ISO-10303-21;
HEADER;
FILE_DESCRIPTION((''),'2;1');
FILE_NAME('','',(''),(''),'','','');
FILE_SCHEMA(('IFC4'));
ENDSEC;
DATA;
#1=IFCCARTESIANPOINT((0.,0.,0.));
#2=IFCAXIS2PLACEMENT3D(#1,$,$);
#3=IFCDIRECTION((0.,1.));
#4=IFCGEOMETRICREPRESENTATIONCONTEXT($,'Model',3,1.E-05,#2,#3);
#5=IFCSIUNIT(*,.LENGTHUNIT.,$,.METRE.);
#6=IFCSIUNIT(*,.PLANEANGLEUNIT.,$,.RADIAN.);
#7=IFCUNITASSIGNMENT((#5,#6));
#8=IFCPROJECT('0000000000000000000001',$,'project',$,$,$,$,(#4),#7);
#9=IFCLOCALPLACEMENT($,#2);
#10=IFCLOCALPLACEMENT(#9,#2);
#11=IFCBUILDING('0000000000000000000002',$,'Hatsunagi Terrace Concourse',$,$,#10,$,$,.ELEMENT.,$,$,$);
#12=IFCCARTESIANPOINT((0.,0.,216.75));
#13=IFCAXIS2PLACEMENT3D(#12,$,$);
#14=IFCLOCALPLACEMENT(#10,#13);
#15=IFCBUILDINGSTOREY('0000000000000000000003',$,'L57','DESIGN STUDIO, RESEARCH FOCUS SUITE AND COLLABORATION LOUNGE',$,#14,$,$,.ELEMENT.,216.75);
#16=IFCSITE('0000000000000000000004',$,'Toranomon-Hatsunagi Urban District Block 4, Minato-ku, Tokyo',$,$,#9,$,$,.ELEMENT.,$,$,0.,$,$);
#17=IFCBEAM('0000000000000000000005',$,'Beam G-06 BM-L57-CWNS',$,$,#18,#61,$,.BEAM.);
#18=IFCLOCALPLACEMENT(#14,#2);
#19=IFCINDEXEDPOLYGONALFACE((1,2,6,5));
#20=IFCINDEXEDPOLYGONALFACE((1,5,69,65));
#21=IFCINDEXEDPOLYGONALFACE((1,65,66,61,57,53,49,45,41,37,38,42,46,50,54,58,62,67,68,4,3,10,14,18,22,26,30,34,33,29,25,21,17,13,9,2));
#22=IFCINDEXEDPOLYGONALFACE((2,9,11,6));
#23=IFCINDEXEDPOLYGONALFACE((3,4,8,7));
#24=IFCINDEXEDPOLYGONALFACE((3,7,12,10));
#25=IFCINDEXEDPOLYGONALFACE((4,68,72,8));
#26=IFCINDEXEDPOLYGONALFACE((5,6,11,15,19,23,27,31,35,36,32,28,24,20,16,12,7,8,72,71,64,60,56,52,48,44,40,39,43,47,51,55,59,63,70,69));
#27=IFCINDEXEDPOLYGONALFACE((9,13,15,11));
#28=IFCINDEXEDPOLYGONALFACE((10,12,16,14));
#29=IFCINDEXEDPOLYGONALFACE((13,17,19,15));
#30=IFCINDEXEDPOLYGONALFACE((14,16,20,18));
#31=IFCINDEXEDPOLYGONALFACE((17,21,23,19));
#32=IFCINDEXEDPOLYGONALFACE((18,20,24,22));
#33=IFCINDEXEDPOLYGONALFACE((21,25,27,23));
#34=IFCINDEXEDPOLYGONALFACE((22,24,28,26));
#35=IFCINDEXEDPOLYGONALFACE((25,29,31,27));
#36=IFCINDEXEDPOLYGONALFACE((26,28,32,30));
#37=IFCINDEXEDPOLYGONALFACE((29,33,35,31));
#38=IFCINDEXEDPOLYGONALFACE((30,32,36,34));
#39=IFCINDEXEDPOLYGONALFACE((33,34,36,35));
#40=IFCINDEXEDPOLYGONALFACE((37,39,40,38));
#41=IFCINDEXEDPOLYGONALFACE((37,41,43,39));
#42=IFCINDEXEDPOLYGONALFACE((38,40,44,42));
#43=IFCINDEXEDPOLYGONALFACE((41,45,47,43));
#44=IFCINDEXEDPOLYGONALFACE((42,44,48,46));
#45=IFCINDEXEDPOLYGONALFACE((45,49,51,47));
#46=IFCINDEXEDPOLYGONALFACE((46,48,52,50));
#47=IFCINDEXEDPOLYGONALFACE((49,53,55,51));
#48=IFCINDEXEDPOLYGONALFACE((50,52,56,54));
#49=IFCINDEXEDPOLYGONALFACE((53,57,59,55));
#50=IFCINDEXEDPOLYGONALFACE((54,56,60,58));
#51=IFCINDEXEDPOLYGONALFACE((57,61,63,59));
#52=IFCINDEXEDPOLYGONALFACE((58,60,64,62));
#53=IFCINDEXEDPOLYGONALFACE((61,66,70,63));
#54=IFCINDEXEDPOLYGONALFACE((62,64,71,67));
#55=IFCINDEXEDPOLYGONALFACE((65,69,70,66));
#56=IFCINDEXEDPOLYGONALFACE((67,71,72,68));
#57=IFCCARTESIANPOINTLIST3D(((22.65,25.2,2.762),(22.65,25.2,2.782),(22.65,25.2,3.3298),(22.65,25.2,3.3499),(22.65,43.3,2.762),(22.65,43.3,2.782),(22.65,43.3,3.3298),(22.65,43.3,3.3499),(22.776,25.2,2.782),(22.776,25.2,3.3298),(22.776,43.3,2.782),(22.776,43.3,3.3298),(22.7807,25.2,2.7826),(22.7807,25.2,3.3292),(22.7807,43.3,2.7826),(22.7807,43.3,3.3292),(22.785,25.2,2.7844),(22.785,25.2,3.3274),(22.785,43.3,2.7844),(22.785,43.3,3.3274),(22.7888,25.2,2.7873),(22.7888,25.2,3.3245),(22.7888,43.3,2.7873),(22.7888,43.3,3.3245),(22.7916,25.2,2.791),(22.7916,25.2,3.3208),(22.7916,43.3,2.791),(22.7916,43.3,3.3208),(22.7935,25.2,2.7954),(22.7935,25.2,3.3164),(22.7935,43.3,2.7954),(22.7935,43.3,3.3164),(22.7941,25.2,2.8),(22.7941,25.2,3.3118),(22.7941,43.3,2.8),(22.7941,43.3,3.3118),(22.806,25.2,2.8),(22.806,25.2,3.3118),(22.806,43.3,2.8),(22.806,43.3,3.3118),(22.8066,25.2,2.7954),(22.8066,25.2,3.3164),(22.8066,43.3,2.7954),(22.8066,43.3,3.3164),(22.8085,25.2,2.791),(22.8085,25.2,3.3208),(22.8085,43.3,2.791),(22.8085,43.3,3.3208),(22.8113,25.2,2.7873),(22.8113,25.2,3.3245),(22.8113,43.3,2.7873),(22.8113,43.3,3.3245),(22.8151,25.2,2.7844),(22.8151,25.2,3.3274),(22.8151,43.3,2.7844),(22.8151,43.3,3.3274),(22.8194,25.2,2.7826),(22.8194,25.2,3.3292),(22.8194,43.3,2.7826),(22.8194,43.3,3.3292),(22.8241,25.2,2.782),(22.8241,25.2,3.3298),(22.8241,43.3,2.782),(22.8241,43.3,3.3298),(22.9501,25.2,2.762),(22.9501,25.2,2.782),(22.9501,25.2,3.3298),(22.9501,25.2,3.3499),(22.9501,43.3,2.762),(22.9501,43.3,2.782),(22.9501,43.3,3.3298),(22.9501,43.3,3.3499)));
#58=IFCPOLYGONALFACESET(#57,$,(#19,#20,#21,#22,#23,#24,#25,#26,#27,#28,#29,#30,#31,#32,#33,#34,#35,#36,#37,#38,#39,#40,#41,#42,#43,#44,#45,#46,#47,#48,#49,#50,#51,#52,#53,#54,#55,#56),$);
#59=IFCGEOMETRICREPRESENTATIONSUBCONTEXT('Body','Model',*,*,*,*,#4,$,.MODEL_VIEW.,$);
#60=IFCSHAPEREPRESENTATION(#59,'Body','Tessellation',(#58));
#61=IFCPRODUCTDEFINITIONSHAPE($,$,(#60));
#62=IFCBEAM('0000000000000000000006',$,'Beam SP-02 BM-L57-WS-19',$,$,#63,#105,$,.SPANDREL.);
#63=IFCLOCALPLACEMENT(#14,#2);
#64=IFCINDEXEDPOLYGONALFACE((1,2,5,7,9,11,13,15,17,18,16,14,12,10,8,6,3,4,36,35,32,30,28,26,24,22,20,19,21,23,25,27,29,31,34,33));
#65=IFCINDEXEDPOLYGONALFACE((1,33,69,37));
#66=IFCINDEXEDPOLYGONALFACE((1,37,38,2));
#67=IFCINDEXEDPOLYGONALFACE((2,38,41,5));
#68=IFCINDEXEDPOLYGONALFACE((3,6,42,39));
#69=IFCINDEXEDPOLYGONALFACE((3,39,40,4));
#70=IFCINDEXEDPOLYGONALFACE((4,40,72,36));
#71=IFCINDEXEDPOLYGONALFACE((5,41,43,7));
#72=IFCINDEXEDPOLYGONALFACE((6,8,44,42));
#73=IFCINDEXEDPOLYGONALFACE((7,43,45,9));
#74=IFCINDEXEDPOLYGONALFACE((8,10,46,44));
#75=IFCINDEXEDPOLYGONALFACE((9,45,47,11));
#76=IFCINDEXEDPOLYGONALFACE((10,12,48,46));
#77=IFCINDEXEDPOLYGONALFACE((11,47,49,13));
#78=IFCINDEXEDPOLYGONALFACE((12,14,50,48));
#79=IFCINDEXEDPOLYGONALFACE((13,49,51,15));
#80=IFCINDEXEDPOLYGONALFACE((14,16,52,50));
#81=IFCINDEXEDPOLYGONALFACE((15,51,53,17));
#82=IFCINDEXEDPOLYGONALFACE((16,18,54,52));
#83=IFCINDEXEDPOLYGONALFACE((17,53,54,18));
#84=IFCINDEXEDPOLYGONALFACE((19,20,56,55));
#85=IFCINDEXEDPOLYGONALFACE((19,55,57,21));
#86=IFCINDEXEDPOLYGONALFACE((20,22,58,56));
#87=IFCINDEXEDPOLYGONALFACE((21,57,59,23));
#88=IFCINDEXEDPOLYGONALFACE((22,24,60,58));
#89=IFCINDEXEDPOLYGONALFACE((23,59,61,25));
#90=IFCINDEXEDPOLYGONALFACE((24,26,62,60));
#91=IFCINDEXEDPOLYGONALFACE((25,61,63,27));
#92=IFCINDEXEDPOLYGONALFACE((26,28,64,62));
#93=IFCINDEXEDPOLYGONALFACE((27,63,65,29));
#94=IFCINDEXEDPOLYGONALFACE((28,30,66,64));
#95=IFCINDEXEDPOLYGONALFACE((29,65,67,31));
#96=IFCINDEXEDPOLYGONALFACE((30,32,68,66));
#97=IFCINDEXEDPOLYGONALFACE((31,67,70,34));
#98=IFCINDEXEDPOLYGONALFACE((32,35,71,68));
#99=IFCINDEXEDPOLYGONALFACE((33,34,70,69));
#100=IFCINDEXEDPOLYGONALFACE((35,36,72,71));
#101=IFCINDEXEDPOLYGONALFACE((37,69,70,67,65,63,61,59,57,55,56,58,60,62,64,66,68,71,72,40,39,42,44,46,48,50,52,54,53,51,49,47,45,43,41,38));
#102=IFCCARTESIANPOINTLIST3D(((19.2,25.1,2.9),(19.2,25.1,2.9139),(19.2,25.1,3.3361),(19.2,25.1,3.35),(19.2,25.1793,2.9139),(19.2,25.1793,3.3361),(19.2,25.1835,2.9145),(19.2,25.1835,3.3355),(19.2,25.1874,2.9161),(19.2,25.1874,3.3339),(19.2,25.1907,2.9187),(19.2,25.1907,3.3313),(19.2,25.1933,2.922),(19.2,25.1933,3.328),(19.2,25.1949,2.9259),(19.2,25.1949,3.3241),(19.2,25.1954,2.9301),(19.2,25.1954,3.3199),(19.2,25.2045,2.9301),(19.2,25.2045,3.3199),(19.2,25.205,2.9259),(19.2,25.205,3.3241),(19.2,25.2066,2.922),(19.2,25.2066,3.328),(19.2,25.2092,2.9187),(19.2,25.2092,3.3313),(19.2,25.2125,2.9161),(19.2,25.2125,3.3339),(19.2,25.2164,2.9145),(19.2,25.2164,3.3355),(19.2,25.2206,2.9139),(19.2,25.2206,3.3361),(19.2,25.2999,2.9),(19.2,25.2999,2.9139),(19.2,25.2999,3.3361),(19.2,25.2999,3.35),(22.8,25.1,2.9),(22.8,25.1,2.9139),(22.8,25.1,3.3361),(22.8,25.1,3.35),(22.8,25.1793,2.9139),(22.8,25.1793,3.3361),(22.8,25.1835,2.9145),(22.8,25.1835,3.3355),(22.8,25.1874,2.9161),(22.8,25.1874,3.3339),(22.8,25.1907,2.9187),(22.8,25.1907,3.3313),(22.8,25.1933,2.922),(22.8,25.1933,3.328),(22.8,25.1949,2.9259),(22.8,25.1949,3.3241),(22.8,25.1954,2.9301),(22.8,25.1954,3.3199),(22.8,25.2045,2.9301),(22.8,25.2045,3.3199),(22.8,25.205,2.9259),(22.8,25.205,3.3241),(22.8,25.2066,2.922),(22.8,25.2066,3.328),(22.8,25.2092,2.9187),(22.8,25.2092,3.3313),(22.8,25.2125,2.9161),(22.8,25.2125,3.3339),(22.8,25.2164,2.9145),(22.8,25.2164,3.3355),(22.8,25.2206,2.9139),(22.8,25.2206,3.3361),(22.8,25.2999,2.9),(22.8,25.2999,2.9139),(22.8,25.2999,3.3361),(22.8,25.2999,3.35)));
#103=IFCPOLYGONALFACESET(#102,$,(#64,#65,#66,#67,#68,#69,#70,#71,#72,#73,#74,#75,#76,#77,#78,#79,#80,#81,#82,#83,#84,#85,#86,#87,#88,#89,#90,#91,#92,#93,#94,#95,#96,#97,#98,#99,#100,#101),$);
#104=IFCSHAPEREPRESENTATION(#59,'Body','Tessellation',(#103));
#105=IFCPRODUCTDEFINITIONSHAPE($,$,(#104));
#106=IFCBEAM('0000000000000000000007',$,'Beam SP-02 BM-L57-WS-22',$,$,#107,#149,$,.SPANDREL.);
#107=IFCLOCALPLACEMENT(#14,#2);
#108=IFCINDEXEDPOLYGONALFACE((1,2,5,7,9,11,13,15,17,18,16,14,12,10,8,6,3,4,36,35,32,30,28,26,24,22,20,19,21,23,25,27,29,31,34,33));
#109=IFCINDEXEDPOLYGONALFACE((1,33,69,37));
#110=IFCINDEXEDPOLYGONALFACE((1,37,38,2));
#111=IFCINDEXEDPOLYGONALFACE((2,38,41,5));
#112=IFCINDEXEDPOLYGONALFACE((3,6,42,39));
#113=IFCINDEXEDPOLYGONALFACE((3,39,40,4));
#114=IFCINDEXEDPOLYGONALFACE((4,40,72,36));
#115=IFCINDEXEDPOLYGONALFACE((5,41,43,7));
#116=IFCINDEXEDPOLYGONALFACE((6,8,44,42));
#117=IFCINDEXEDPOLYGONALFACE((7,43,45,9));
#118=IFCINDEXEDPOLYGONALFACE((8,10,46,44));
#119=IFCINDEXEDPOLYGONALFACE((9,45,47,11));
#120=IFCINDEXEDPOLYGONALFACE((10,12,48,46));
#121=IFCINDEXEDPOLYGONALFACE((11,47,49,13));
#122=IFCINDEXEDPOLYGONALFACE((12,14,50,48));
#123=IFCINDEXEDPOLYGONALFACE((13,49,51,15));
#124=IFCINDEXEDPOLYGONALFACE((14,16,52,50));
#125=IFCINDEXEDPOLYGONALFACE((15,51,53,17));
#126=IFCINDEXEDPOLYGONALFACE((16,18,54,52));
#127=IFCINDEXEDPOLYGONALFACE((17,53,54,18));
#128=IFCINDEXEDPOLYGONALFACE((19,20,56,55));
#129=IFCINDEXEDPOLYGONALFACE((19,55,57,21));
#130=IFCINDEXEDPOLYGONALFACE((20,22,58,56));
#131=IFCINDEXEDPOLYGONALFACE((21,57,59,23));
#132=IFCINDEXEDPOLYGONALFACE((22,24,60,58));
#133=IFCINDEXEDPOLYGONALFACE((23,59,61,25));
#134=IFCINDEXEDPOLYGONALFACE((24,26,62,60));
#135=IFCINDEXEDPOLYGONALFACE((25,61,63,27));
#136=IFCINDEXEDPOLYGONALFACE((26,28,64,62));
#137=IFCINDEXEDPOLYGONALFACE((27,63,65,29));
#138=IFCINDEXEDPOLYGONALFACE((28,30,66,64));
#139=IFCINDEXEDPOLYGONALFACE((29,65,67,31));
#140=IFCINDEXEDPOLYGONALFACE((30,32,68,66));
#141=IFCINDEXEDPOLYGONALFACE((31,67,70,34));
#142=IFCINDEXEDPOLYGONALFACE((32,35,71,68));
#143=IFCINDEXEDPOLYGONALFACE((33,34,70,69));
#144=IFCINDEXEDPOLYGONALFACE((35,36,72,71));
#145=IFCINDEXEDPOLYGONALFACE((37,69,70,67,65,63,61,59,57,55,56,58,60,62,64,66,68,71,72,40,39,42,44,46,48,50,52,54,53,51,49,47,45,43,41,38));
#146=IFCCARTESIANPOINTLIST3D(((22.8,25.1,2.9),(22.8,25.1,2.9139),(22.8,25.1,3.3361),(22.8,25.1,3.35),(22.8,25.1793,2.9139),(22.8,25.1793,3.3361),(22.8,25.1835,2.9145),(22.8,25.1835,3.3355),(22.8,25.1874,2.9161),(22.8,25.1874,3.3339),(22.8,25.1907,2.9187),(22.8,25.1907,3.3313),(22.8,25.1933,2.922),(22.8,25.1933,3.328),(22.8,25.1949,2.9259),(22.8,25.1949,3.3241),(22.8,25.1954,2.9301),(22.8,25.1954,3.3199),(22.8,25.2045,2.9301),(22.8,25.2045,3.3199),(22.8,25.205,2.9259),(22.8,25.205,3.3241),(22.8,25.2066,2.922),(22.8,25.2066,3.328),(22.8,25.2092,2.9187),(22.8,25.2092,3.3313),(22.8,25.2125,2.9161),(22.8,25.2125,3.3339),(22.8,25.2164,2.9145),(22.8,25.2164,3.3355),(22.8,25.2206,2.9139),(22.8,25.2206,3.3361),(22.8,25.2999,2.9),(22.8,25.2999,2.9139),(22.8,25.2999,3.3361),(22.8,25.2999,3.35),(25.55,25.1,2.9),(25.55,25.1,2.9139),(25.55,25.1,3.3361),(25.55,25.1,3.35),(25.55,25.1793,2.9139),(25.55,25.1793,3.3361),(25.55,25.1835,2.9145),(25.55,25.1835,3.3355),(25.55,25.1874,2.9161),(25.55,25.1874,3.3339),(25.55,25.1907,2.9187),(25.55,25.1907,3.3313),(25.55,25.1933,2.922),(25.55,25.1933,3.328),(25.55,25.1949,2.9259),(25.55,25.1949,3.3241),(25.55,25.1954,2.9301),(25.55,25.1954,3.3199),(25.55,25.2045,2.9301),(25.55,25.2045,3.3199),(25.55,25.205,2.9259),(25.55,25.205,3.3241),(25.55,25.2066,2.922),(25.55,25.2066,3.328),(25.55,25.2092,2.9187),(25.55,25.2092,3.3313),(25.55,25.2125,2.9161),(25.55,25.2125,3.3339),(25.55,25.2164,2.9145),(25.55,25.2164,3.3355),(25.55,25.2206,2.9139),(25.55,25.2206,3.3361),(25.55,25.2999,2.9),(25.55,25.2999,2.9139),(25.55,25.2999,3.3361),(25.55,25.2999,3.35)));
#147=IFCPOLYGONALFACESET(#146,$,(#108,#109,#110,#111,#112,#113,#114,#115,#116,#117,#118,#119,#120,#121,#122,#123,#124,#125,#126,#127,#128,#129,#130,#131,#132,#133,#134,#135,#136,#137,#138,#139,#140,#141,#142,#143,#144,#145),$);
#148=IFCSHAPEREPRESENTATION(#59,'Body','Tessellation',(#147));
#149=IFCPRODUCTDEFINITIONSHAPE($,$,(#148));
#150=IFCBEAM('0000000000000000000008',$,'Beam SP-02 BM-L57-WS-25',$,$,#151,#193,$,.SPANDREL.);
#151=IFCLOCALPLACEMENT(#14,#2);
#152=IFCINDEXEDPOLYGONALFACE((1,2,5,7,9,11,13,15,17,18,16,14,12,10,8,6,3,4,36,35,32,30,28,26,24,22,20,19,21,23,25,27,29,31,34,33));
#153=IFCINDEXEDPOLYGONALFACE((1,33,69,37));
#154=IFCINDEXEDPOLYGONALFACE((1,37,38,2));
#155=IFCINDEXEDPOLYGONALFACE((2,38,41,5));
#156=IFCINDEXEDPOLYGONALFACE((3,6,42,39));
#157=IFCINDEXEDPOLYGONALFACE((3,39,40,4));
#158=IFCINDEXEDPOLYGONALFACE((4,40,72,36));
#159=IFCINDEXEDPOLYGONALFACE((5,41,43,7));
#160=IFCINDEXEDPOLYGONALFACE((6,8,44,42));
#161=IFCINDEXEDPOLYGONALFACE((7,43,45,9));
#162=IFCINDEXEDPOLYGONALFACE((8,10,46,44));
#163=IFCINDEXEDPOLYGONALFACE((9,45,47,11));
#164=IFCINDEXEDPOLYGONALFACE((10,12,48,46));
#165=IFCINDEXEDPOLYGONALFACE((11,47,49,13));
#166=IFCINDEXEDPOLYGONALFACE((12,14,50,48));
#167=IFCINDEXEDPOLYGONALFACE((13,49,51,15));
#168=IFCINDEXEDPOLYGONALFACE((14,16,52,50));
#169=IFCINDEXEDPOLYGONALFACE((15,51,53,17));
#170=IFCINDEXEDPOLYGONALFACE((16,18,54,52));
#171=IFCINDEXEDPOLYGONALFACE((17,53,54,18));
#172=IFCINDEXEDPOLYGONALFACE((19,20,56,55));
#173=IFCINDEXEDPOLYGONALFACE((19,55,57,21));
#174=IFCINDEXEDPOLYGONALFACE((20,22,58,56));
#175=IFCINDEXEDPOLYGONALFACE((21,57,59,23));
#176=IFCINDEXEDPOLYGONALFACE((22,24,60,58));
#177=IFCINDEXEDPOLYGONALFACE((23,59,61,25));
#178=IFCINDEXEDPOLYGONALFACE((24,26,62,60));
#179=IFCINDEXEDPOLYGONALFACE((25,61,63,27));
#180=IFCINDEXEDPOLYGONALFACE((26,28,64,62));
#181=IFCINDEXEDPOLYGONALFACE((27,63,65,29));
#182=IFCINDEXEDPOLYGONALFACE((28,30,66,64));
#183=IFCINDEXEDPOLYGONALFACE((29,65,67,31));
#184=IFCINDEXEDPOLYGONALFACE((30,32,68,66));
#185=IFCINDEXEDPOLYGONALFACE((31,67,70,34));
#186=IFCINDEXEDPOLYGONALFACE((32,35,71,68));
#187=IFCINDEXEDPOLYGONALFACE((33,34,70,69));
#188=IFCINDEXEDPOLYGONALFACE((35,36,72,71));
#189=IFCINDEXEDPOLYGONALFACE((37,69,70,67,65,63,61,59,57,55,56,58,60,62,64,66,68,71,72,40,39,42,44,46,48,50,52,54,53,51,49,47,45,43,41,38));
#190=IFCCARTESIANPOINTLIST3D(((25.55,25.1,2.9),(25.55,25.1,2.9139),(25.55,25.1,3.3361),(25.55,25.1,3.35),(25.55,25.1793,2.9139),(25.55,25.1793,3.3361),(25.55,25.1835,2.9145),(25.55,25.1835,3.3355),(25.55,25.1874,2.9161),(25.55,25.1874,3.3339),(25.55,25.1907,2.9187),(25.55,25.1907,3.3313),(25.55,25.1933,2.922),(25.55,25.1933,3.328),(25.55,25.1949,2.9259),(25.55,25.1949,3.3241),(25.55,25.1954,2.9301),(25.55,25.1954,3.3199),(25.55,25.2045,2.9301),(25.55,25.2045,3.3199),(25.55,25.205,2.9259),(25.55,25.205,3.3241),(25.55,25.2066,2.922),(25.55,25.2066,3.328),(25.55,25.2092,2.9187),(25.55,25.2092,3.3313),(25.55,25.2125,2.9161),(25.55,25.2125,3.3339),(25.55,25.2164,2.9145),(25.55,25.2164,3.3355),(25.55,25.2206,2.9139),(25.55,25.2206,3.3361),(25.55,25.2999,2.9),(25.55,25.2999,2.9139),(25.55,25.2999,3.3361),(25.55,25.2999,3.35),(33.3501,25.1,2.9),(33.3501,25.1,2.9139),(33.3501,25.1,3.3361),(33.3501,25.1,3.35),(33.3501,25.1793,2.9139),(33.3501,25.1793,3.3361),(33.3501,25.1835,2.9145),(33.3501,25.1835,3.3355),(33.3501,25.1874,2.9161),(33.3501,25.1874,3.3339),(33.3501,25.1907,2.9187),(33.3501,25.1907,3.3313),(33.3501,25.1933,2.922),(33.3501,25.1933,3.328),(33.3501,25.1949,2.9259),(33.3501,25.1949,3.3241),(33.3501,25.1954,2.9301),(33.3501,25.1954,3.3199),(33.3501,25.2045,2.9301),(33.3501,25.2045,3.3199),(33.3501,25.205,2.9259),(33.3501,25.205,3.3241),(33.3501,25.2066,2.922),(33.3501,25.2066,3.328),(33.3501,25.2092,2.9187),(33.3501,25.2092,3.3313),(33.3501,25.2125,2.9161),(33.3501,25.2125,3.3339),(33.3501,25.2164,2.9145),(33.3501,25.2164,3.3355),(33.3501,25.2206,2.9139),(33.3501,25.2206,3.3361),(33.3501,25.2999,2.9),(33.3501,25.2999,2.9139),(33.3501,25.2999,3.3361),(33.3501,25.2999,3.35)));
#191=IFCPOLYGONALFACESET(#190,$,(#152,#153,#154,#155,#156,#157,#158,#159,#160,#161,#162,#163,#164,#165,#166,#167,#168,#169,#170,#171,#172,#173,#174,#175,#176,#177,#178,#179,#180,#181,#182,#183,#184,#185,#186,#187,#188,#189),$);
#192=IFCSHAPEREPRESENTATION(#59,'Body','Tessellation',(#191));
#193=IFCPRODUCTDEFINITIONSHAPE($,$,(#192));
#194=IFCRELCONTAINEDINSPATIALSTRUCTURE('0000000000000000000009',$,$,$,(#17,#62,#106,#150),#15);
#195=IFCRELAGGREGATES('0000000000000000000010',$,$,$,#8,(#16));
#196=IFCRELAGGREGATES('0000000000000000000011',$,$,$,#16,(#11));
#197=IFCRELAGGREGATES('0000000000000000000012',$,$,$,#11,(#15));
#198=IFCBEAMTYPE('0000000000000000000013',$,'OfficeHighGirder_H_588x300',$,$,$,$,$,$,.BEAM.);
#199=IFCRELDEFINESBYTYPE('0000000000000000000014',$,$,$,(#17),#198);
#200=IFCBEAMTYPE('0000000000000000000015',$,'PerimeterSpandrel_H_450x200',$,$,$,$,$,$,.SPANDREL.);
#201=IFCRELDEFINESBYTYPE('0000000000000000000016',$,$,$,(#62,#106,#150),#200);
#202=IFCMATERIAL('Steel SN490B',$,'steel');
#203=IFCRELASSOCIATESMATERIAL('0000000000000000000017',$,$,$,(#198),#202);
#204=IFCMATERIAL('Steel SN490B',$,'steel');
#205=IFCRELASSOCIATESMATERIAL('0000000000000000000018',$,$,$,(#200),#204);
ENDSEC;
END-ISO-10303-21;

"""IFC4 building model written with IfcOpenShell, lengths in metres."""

from ifc_helpers import new_model, si_unit, direction, frame, origin, origin_2d, place, context, subcontext, project, spatial, i_section, extrude, material, material_profile, profile_set, type_object, element, save


model = new_model("IFC4")

# Units and contexts
model_context = context("Model", 3, precision=1e-05, world=origin(), true_north=direction((0.0, 1.0)))
body_context = subcontext(model_context, "Body", "Model", "MODEL_VIEW")
ifc_project = project(units=[si_unit("LENGTHUNIT", "METRE"), si_unit("PLANEANGLEUNIT", "RADIAN")], contexts=[model_context])

# Site, building, storey
site_placement = place(None, origin())
site = spatial("IfcSite", under=ifc_project, at=site_placement, Name="Toranomon-Hatsunagi Urban District Block 4, Minato-ku, Tokyo", CompositionType="ELEMENT", RefElevation=0.0)
building_placement = place(site_placement, origin())
building = spatial("IfcBuilding", under=site, at=building_placement, Name="Hatsunagi Terrace Concourse", CompositionType="ELEMENT")
storey_placement = place(building_placement, frame((0.0, 0.0, 216.75)))
storey = spatial("IfcBuildingStorey", under=building, at=storey_placement, Name="L57", Description="DESIGN STUDIO, RESEARCH FOCUS SUITE AND COLLABORATION LOUNGE", CompositionType="ELEMENT", Elevation=216.75)

# Beams
ifc_material_1 = material(Name="Steel SN490B", Category="steel")
ifc_material_profile_1 = material_profile(ifc_material_1, i_section(OverallWidth=0.3, OverallDepth=0.5879, WebThickness=0.012, FlangeThickness=0.02, FilletRadius=0.0181, at=origin_2d()), Name="H-588x300x12x20")
ifc_profile_set_1 = profile_set([ifc_material_profile_1], Name="Steel SN490B")
beam_type_1 = type_object("IfcBeamType", Name="OfficeHighGirder_H_588x300", PredefinedType="BEAM", material=ifc_profile_set_1)
beam_1_placement = place(storey_placement, frame((22.8, 25.2, 3.0559), z_axis=(0.0, 1.0, 0.0), x_axis=(-1.0, 0.0, 0.0)))
element("IfcBeam", 1, at=beam_1_placement, inside=storey, type_object=beam_type_1, Name="Beam G-06 BM-L57-CWNS", PredefinedType="BEAM", context=body_context, shape_type="SweptSolid", body=[
    extrude(i_section(OverallWidth=0.3, OverallDepth=0.5879, WebThickness=0.012, FlangeThickness=0.02, FilletRadius=0.0181, at=origin_2d()), origin(), (0.0, 0.0, 1.0), 18.1001),
])
ifc_material_2 = material(Name="Steel SN490B", Category="steel")
ifc_material_profile_2 = material_profile(ifc_material_2, i_section(OverallWidth=0.2, OverallDepth=0.45, WebThickness=0.009, FlangeThickness=0.0139, FilletRadius=0.0161, at=origin_2d()), Name="H-450x200x9x14")
ifc_profile_set_2 = profile_set([ifc_material_profile_2], Name="Steel SN490B")
beam_type_2 = type_object("IfcBeamType", Name="PerimeterSpandrel_H_450x200", PredefinedType="SPANDREL", material=ifc_profile_set_2)
beam_2_placement = place(storey_placement, frame((19.2, 25.2, 3.125), z_axis=(1.0, 0.0, 0.0), x_axis=(0.0, 1.0, 0.0)))
element("IfcBeam", 2, at=beam_2_placement, inside=storey, type_object=beam_type_2, Name="Beam SP-02 BM-L57-WS-19", PredefinedType="SPANDREL", context=body_context, shape_type="SweptSolid", body=[
    extrude(i_section(OverallWidth=0.2, OverallDepth=0.45, WebThickness=0.009, FlangeThickness=0.0139, FilletRadius=0.0161, at=origin_2d()), origin(), (0.0, 0.0, 1.0), 3.6001),
])
beam_3_placement = place(storey_placement, frame((22.8, 25.2, 3.125), z_axis=(1.0, 0.0, 0.0), x_axis=(0.0, 1.0, 0.0)))
element("IfcBeam", 3, at=beam_3_placement, inside=storey, type_object=beam_type_2, Name="Beam SP-02 BM-L57-WS-22", PredefinedType="SPANDREL", context=body_context, shape_type="SweptSolid", body=[
    extrude(i_section(OverallWidth=0.2, OverallDepth=0.45, WebThickness=0.009, FlangeThickness=0.0139, FilletRadius=0.0161, at=origin_2d()), origin(), (0.0, 0.0, 1.0), 2.75),
])
beam_4_placement = place(storey_placement, frame((25.55, 25.2, 3.125), z_axis=(1.0, 0.0, 0.0), x_axis=(0.0, 1.0, 0.0)))
element("IfcBeam", 4, at=beam_4_placement, inside=storey, type_object=beam_type_2, Name="Beam SP-02 BM-L57-WS-25", PredefinedType="SPANDREL", context=body_context, shape_type="SweptSolid", body=[
    extrude(i_section(OverallWidth=0.2, OverallDepth=0.45, WebThickness=0.009, FlangeThickness=0.0139, FilletRadius=0.0161, at=origin_2d()), origin(), (0.0, 0.0, 1.0), 7.8),
])

save(model, "model.ifc")
